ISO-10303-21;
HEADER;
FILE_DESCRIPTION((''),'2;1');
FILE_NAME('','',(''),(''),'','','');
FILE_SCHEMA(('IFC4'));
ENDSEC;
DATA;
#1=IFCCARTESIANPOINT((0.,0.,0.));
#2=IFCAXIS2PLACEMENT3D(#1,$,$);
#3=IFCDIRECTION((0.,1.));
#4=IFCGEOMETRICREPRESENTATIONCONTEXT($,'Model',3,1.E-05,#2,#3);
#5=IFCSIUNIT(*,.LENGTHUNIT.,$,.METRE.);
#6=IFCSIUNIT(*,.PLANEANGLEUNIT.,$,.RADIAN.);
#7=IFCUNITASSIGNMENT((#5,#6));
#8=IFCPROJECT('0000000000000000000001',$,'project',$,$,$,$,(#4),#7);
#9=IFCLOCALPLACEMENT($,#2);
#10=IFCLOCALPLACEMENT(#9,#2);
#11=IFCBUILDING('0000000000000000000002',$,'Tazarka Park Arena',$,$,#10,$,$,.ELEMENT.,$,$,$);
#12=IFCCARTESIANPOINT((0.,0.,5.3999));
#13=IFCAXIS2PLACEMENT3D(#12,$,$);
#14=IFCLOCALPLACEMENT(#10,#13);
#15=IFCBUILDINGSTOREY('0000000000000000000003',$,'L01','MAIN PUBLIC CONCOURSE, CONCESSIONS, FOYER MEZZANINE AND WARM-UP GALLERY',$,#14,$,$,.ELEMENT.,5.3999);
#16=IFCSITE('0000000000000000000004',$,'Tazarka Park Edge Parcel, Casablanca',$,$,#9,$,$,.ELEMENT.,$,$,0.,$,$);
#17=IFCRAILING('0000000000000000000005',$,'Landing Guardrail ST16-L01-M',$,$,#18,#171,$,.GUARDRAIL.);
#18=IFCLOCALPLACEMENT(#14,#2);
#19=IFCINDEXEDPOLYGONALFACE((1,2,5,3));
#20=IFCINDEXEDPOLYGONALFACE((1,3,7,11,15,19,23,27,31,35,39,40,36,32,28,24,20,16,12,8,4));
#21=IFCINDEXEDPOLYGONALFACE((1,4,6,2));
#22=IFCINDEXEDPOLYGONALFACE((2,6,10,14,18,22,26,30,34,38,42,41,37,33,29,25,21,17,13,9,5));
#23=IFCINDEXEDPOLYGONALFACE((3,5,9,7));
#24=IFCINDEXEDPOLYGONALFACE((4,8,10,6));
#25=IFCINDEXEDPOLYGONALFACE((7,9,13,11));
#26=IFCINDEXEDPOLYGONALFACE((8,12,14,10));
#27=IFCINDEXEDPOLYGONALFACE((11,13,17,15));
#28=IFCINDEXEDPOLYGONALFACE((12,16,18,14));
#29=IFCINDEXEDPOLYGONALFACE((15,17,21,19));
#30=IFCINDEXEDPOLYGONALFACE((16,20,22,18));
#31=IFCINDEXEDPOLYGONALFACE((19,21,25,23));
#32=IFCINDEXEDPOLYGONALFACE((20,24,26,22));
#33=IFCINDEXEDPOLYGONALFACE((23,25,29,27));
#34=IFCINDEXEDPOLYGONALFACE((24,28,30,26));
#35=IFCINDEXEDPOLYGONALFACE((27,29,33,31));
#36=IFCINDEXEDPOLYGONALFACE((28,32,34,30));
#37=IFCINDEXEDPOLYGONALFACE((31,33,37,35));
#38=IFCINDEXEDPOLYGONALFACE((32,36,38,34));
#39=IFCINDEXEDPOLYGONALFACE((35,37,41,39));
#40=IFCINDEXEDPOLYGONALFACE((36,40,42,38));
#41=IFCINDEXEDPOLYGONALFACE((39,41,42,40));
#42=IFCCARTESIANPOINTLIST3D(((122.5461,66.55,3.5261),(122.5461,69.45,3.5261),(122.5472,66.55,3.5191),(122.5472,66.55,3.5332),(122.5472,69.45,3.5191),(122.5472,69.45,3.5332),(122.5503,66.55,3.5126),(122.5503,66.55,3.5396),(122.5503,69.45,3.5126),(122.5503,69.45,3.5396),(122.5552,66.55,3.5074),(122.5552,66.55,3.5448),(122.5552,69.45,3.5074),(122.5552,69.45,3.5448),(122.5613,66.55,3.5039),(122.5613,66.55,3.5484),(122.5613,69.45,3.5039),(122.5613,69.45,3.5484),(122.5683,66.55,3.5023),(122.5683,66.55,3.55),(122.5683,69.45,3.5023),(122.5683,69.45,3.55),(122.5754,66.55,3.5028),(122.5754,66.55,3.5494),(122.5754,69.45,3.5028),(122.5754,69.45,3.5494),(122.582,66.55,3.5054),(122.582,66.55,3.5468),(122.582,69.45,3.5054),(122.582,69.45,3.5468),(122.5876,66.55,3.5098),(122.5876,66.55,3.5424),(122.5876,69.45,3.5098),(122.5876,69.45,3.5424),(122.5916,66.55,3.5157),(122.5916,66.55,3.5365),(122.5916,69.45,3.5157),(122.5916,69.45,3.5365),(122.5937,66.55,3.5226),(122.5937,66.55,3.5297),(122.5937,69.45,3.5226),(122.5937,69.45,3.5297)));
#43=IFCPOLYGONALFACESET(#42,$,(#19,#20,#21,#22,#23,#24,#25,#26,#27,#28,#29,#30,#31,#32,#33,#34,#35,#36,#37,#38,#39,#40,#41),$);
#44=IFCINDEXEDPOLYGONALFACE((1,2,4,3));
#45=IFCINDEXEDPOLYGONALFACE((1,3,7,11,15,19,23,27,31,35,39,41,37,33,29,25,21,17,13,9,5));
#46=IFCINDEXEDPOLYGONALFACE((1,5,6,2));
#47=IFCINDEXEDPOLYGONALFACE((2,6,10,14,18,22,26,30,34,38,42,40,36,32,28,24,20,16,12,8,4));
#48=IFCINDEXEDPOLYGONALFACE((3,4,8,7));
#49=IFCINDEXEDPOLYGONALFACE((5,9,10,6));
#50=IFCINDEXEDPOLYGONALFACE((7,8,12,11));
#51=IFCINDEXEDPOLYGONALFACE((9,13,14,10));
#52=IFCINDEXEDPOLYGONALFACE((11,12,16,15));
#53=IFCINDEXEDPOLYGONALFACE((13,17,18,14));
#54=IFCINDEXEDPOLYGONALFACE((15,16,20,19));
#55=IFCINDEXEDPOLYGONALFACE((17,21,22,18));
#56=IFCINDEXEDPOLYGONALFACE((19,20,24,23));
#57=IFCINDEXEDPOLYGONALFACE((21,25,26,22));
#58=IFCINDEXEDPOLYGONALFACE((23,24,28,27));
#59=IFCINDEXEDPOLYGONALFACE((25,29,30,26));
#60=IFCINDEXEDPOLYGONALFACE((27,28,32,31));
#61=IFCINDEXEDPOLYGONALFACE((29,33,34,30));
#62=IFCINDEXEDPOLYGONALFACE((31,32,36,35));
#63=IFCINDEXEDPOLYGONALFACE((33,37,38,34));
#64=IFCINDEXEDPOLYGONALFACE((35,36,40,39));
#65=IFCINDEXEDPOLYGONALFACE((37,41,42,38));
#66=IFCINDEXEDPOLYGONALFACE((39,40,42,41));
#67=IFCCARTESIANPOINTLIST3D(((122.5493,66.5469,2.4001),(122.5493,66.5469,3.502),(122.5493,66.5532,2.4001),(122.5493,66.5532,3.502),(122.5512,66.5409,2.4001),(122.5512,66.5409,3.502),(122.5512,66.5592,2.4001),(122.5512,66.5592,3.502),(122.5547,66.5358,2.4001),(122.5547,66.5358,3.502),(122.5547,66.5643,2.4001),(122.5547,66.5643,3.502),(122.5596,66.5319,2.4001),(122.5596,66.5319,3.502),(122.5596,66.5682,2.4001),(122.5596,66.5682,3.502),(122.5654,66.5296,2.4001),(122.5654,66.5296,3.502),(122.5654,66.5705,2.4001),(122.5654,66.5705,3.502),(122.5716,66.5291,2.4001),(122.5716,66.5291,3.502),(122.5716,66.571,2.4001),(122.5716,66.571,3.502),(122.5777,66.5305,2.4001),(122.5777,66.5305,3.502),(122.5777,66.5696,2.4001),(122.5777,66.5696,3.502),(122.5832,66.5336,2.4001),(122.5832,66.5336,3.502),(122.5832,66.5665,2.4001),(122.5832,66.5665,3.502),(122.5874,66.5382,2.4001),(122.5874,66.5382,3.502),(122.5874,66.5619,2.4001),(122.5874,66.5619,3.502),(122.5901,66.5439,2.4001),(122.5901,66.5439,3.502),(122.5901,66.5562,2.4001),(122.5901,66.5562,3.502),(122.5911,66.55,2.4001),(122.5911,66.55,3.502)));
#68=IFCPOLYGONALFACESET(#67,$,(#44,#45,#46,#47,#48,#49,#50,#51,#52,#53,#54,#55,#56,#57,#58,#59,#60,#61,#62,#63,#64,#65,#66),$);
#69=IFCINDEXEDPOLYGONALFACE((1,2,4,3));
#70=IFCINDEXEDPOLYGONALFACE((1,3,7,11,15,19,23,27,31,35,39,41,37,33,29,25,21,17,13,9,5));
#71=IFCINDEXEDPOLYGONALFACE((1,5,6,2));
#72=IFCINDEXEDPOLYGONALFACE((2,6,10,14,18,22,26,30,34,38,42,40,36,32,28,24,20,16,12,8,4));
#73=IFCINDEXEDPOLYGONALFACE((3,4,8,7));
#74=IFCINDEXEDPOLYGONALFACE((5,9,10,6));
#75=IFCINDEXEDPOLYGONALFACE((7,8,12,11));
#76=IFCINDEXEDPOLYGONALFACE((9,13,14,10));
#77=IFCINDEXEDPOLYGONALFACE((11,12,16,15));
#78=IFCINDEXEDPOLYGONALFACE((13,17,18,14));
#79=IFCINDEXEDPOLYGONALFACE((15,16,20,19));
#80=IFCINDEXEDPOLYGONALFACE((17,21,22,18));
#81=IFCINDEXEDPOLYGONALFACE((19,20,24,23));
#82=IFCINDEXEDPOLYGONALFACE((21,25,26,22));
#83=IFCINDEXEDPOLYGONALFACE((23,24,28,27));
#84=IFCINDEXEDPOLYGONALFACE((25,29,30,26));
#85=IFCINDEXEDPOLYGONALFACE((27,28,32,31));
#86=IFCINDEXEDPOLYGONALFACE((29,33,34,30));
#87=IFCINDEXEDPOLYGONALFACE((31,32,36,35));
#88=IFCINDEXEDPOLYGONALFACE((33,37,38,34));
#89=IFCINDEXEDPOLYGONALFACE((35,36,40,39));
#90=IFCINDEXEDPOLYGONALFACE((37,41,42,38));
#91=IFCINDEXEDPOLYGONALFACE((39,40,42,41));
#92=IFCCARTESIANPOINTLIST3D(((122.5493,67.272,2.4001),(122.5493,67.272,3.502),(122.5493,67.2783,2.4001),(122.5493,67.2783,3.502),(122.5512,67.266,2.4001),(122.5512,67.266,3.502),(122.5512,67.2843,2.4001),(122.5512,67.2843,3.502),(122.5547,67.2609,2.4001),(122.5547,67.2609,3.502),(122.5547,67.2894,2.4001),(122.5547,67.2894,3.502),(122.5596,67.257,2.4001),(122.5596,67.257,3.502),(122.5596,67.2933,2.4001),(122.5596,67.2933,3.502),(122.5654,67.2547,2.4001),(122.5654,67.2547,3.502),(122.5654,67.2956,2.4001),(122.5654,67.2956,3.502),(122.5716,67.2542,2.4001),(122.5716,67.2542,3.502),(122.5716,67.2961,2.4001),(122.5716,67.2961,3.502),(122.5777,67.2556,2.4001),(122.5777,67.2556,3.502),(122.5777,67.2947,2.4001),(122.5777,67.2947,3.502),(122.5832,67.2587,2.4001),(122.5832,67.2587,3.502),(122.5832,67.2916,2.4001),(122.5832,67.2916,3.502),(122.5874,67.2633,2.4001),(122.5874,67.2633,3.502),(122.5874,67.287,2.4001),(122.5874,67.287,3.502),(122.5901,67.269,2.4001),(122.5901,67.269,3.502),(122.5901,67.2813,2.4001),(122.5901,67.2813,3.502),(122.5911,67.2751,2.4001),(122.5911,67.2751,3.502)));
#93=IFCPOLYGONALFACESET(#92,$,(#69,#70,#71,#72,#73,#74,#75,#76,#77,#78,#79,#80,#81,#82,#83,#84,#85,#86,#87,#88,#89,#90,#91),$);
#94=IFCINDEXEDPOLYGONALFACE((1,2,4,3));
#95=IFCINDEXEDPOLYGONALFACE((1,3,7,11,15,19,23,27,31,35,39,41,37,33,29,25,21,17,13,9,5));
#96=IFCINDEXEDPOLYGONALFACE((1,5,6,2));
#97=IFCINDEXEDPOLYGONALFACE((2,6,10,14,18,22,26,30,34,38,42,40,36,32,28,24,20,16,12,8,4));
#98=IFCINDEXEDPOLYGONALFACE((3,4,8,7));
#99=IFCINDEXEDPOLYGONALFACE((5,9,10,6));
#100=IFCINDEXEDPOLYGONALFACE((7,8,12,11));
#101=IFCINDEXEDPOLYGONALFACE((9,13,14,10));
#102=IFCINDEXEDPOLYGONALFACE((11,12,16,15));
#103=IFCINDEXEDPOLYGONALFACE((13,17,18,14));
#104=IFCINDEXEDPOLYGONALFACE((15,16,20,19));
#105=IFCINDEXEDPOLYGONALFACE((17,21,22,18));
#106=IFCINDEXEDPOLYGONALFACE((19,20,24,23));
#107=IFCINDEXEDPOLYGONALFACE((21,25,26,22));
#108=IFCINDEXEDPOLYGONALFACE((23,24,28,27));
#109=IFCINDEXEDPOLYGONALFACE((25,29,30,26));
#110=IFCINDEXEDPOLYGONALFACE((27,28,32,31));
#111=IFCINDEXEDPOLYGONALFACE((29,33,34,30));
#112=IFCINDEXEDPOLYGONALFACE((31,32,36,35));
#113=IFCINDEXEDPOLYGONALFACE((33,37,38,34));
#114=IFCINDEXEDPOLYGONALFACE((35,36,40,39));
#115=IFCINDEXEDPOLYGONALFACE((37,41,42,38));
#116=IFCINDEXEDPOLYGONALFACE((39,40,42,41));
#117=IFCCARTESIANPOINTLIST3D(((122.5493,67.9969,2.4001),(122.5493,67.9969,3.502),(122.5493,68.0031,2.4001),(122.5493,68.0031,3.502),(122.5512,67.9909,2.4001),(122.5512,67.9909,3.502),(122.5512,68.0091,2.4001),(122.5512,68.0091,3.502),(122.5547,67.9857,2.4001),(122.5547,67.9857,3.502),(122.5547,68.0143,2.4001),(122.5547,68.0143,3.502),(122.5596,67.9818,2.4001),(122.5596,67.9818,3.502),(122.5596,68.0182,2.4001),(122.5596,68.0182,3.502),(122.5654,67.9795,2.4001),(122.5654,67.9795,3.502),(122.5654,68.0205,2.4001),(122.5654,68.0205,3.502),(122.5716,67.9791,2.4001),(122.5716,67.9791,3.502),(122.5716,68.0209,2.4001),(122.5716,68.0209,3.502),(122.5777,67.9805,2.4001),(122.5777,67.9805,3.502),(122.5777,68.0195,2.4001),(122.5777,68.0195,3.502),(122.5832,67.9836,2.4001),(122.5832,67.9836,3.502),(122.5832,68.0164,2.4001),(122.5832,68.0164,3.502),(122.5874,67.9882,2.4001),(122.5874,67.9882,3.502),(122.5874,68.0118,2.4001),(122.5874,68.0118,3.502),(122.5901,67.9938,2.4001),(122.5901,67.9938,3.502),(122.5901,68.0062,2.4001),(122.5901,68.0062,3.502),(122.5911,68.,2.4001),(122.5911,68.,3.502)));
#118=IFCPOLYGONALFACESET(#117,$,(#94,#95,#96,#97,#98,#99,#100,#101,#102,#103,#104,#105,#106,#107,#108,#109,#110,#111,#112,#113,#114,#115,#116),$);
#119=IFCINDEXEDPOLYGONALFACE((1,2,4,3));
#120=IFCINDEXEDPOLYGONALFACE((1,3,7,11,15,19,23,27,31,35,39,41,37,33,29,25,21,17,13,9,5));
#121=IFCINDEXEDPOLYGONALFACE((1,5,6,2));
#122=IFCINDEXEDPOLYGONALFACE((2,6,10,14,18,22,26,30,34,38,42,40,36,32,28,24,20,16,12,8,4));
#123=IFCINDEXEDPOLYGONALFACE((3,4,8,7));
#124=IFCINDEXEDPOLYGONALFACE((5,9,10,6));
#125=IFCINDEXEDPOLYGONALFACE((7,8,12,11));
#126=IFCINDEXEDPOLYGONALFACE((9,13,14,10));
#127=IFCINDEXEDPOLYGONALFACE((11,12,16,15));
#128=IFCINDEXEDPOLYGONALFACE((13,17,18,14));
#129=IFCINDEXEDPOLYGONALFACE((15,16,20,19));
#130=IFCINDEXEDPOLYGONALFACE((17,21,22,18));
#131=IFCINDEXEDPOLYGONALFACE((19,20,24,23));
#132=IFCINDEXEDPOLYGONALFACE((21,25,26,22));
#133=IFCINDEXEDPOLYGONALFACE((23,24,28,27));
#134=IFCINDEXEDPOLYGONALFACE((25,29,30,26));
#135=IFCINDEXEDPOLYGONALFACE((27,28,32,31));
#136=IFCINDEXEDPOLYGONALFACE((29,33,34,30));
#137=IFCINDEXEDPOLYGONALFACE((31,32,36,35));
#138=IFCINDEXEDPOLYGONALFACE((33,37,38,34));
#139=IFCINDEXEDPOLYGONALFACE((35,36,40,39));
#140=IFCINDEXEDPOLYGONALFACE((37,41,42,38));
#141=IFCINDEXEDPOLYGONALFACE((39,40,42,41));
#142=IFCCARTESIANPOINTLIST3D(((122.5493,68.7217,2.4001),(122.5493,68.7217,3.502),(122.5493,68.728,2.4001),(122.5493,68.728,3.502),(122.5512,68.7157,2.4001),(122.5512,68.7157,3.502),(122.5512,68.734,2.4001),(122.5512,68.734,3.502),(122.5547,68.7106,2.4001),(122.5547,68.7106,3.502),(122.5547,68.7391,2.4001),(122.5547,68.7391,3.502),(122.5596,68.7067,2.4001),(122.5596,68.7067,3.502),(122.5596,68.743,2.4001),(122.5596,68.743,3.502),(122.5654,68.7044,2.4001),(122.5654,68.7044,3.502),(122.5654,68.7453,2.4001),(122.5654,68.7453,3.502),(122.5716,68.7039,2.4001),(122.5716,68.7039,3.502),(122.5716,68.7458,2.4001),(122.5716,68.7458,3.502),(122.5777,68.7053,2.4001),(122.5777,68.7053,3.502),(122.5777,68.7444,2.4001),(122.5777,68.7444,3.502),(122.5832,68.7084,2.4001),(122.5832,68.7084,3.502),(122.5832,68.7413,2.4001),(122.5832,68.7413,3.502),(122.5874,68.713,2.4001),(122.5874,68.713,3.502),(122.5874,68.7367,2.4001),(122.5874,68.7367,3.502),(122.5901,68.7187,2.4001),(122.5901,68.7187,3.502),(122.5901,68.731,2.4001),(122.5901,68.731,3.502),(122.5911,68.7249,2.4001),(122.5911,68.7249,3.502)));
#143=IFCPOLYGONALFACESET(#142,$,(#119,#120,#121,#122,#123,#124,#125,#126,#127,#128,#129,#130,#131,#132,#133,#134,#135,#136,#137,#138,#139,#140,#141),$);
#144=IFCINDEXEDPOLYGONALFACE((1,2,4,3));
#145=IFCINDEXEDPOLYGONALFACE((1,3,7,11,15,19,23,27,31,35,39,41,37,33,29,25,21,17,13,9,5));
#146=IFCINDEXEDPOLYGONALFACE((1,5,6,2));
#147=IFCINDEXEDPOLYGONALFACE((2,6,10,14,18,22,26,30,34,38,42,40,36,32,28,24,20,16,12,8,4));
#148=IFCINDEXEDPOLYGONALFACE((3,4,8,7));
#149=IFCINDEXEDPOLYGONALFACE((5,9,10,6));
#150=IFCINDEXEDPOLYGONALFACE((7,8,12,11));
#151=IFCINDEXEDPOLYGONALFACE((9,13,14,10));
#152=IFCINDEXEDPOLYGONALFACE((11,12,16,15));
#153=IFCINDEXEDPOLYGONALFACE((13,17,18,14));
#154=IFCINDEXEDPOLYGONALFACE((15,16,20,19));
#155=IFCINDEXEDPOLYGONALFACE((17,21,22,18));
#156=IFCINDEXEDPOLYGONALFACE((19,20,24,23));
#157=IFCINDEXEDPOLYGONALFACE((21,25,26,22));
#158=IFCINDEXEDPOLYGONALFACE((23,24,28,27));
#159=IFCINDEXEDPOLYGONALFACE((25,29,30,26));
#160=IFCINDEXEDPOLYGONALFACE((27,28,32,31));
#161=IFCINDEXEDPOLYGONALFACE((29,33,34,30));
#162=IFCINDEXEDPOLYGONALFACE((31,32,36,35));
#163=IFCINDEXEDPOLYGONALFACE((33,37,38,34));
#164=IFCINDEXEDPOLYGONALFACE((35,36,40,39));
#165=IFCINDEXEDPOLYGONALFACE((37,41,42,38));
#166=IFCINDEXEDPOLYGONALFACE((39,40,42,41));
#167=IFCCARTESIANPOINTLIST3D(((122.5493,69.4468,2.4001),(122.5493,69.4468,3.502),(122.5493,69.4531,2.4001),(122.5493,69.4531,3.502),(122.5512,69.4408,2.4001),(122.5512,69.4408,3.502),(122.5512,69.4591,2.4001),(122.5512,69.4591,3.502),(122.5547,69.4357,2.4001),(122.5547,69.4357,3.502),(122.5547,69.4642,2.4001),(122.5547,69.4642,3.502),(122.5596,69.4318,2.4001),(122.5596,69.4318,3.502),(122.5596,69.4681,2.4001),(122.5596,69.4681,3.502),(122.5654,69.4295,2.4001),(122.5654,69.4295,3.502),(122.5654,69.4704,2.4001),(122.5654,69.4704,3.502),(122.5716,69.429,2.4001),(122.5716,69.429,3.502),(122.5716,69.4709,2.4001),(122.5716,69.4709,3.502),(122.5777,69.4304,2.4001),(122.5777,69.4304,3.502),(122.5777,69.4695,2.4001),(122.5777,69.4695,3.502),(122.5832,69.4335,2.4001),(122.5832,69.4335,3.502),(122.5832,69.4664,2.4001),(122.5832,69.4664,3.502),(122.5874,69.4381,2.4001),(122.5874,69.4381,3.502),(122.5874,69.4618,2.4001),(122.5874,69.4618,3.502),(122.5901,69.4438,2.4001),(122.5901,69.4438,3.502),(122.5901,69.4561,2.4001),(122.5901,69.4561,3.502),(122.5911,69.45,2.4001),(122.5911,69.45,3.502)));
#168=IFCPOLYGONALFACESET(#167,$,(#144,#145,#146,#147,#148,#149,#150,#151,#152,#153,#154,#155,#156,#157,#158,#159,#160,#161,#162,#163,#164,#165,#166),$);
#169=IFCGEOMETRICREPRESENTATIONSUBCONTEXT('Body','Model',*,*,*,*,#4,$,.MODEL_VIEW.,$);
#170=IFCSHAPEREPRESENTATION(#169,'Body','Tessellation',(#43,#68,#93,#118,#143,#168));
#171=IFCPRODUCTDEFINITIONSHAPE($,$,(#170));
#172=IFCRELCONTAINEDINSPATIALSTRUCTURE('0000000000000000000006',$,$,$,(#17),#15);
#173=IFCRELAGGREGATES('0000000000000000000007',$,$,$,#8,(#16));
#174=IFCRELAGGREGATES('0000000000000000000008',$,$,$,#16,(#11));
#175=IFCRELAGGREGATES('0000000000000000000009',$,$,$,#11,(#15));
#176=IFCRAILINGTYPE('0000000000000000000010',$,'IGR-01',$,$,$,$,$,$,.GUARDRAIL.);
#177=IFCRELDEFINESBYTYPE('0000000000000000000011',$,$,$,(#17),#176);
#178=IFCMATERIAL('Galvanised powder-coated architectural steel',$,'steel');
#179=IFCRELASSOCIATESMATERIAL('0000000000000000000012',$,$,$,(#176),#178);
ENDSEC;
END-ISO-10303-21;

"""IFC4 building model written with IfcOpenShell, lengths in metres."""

from ifc_helpers import new_model, si_unit, direction, frame, origin, origin_2d, place, context, subcontext, project, spatial, circle, extrude, material, type_object, element, save


model = new_model("IFC4")

# Units and contexts
model_context = context("Model", 3, precision=1e-05, world=origin(), true_north=direction((0.0, 1.0)))
body_context = subcontext(model_context, "Body", "Model", "MODEL_VIEW")
ifc_project = project(units=[si_unit("LENGTHUNIT", "METRE"), si_unit("PLANEANGLEUNIT", "RADIAN")], contexts=[model_context])

# Site, building, storey
site_placement = place(None, origin())
site = spatial("IfcSite", under=ifc_project, at=site_placement, Name="Tazarka Park Edge Parcel, Casablanca", CompositionType="ELEMENT", RefElevation=0.0)
building_placement = place(site_placement, origin())
building = spatial("IfcBuilding", under=site, at=building_placement, Name="Tazarka Park Arena", CompositionType="ELEMENT")
storey_placement = place(building_placement, frame((0.0, 0.0, 5.3999)))
storey = spatial("IfcBuildingStorey", under=building, at=storey_placement, Name="L01", Description="MAIN PUBLIC CONCOURSE, CONCESSIONS, FOYER MEZZANINE AND WARM-UP GALLERY", CompositionType="ELEMENT", Elevation=5.3999)

# Railing
ifc_material_1 = material(Name="Galvanised powder-coated architectural steel", Category="steel")
railing_type_1 = type_object("IfcRailingType", Name="IGR-01", PredefinedType="GUARDRAIL", material=ifc_material_1)
for number, where, name in (
    (1, (122.5701, 66.55, 2.4001), "Landing Guardrail ST16-L01-M"),
):
    element("IfcRailing", number, at=place(storey_placement, frame(where)), inside=storey, type_object=railing_type_1, Name=name, PredefinedType="GUARDRAIL", context=body_context, shape_type="SweptSolid", body=[
        extrude(circle(Radius=0.0239, at=origin_2d()), frame((0.0, 0.0, 1.126), z_axis=(0.0, 1.0, 0.0), x_axis=(-1.0, 0.0, 0.0)), (0.0, 0.0, 1.0), 2.8999),
        extrude(circle(Radius=0.021, at=origin_2d()), origin(), (0.0, 0.0, 1.0), 1.1018),
        extrude(circle(Radius=0.021, at=origin_2d()), frame((0.0, 0.7251, 0.0)), (0.0, 0.0, 1.0), 1.1018),
        extrude(circle(Radius=0.021, at=origin_2d()), frame((0.0, 1.45, 0.0)), (0.0, 0.0, 1.0), 1.1018),
        extrude(circle(Radius=0.021, at=origin_2d()), frame((0.0, 2.1748, 0.0)), (0.0, 0.0, 1.0), 1.1018),
        extrude(circle(Radius=0.021, at=origin_2d()), frame((0.0, 2.8999, 0.0)), (0.0, 0.0, 1.0), 1.1018),
    ])

save(model, "model.ifc")
